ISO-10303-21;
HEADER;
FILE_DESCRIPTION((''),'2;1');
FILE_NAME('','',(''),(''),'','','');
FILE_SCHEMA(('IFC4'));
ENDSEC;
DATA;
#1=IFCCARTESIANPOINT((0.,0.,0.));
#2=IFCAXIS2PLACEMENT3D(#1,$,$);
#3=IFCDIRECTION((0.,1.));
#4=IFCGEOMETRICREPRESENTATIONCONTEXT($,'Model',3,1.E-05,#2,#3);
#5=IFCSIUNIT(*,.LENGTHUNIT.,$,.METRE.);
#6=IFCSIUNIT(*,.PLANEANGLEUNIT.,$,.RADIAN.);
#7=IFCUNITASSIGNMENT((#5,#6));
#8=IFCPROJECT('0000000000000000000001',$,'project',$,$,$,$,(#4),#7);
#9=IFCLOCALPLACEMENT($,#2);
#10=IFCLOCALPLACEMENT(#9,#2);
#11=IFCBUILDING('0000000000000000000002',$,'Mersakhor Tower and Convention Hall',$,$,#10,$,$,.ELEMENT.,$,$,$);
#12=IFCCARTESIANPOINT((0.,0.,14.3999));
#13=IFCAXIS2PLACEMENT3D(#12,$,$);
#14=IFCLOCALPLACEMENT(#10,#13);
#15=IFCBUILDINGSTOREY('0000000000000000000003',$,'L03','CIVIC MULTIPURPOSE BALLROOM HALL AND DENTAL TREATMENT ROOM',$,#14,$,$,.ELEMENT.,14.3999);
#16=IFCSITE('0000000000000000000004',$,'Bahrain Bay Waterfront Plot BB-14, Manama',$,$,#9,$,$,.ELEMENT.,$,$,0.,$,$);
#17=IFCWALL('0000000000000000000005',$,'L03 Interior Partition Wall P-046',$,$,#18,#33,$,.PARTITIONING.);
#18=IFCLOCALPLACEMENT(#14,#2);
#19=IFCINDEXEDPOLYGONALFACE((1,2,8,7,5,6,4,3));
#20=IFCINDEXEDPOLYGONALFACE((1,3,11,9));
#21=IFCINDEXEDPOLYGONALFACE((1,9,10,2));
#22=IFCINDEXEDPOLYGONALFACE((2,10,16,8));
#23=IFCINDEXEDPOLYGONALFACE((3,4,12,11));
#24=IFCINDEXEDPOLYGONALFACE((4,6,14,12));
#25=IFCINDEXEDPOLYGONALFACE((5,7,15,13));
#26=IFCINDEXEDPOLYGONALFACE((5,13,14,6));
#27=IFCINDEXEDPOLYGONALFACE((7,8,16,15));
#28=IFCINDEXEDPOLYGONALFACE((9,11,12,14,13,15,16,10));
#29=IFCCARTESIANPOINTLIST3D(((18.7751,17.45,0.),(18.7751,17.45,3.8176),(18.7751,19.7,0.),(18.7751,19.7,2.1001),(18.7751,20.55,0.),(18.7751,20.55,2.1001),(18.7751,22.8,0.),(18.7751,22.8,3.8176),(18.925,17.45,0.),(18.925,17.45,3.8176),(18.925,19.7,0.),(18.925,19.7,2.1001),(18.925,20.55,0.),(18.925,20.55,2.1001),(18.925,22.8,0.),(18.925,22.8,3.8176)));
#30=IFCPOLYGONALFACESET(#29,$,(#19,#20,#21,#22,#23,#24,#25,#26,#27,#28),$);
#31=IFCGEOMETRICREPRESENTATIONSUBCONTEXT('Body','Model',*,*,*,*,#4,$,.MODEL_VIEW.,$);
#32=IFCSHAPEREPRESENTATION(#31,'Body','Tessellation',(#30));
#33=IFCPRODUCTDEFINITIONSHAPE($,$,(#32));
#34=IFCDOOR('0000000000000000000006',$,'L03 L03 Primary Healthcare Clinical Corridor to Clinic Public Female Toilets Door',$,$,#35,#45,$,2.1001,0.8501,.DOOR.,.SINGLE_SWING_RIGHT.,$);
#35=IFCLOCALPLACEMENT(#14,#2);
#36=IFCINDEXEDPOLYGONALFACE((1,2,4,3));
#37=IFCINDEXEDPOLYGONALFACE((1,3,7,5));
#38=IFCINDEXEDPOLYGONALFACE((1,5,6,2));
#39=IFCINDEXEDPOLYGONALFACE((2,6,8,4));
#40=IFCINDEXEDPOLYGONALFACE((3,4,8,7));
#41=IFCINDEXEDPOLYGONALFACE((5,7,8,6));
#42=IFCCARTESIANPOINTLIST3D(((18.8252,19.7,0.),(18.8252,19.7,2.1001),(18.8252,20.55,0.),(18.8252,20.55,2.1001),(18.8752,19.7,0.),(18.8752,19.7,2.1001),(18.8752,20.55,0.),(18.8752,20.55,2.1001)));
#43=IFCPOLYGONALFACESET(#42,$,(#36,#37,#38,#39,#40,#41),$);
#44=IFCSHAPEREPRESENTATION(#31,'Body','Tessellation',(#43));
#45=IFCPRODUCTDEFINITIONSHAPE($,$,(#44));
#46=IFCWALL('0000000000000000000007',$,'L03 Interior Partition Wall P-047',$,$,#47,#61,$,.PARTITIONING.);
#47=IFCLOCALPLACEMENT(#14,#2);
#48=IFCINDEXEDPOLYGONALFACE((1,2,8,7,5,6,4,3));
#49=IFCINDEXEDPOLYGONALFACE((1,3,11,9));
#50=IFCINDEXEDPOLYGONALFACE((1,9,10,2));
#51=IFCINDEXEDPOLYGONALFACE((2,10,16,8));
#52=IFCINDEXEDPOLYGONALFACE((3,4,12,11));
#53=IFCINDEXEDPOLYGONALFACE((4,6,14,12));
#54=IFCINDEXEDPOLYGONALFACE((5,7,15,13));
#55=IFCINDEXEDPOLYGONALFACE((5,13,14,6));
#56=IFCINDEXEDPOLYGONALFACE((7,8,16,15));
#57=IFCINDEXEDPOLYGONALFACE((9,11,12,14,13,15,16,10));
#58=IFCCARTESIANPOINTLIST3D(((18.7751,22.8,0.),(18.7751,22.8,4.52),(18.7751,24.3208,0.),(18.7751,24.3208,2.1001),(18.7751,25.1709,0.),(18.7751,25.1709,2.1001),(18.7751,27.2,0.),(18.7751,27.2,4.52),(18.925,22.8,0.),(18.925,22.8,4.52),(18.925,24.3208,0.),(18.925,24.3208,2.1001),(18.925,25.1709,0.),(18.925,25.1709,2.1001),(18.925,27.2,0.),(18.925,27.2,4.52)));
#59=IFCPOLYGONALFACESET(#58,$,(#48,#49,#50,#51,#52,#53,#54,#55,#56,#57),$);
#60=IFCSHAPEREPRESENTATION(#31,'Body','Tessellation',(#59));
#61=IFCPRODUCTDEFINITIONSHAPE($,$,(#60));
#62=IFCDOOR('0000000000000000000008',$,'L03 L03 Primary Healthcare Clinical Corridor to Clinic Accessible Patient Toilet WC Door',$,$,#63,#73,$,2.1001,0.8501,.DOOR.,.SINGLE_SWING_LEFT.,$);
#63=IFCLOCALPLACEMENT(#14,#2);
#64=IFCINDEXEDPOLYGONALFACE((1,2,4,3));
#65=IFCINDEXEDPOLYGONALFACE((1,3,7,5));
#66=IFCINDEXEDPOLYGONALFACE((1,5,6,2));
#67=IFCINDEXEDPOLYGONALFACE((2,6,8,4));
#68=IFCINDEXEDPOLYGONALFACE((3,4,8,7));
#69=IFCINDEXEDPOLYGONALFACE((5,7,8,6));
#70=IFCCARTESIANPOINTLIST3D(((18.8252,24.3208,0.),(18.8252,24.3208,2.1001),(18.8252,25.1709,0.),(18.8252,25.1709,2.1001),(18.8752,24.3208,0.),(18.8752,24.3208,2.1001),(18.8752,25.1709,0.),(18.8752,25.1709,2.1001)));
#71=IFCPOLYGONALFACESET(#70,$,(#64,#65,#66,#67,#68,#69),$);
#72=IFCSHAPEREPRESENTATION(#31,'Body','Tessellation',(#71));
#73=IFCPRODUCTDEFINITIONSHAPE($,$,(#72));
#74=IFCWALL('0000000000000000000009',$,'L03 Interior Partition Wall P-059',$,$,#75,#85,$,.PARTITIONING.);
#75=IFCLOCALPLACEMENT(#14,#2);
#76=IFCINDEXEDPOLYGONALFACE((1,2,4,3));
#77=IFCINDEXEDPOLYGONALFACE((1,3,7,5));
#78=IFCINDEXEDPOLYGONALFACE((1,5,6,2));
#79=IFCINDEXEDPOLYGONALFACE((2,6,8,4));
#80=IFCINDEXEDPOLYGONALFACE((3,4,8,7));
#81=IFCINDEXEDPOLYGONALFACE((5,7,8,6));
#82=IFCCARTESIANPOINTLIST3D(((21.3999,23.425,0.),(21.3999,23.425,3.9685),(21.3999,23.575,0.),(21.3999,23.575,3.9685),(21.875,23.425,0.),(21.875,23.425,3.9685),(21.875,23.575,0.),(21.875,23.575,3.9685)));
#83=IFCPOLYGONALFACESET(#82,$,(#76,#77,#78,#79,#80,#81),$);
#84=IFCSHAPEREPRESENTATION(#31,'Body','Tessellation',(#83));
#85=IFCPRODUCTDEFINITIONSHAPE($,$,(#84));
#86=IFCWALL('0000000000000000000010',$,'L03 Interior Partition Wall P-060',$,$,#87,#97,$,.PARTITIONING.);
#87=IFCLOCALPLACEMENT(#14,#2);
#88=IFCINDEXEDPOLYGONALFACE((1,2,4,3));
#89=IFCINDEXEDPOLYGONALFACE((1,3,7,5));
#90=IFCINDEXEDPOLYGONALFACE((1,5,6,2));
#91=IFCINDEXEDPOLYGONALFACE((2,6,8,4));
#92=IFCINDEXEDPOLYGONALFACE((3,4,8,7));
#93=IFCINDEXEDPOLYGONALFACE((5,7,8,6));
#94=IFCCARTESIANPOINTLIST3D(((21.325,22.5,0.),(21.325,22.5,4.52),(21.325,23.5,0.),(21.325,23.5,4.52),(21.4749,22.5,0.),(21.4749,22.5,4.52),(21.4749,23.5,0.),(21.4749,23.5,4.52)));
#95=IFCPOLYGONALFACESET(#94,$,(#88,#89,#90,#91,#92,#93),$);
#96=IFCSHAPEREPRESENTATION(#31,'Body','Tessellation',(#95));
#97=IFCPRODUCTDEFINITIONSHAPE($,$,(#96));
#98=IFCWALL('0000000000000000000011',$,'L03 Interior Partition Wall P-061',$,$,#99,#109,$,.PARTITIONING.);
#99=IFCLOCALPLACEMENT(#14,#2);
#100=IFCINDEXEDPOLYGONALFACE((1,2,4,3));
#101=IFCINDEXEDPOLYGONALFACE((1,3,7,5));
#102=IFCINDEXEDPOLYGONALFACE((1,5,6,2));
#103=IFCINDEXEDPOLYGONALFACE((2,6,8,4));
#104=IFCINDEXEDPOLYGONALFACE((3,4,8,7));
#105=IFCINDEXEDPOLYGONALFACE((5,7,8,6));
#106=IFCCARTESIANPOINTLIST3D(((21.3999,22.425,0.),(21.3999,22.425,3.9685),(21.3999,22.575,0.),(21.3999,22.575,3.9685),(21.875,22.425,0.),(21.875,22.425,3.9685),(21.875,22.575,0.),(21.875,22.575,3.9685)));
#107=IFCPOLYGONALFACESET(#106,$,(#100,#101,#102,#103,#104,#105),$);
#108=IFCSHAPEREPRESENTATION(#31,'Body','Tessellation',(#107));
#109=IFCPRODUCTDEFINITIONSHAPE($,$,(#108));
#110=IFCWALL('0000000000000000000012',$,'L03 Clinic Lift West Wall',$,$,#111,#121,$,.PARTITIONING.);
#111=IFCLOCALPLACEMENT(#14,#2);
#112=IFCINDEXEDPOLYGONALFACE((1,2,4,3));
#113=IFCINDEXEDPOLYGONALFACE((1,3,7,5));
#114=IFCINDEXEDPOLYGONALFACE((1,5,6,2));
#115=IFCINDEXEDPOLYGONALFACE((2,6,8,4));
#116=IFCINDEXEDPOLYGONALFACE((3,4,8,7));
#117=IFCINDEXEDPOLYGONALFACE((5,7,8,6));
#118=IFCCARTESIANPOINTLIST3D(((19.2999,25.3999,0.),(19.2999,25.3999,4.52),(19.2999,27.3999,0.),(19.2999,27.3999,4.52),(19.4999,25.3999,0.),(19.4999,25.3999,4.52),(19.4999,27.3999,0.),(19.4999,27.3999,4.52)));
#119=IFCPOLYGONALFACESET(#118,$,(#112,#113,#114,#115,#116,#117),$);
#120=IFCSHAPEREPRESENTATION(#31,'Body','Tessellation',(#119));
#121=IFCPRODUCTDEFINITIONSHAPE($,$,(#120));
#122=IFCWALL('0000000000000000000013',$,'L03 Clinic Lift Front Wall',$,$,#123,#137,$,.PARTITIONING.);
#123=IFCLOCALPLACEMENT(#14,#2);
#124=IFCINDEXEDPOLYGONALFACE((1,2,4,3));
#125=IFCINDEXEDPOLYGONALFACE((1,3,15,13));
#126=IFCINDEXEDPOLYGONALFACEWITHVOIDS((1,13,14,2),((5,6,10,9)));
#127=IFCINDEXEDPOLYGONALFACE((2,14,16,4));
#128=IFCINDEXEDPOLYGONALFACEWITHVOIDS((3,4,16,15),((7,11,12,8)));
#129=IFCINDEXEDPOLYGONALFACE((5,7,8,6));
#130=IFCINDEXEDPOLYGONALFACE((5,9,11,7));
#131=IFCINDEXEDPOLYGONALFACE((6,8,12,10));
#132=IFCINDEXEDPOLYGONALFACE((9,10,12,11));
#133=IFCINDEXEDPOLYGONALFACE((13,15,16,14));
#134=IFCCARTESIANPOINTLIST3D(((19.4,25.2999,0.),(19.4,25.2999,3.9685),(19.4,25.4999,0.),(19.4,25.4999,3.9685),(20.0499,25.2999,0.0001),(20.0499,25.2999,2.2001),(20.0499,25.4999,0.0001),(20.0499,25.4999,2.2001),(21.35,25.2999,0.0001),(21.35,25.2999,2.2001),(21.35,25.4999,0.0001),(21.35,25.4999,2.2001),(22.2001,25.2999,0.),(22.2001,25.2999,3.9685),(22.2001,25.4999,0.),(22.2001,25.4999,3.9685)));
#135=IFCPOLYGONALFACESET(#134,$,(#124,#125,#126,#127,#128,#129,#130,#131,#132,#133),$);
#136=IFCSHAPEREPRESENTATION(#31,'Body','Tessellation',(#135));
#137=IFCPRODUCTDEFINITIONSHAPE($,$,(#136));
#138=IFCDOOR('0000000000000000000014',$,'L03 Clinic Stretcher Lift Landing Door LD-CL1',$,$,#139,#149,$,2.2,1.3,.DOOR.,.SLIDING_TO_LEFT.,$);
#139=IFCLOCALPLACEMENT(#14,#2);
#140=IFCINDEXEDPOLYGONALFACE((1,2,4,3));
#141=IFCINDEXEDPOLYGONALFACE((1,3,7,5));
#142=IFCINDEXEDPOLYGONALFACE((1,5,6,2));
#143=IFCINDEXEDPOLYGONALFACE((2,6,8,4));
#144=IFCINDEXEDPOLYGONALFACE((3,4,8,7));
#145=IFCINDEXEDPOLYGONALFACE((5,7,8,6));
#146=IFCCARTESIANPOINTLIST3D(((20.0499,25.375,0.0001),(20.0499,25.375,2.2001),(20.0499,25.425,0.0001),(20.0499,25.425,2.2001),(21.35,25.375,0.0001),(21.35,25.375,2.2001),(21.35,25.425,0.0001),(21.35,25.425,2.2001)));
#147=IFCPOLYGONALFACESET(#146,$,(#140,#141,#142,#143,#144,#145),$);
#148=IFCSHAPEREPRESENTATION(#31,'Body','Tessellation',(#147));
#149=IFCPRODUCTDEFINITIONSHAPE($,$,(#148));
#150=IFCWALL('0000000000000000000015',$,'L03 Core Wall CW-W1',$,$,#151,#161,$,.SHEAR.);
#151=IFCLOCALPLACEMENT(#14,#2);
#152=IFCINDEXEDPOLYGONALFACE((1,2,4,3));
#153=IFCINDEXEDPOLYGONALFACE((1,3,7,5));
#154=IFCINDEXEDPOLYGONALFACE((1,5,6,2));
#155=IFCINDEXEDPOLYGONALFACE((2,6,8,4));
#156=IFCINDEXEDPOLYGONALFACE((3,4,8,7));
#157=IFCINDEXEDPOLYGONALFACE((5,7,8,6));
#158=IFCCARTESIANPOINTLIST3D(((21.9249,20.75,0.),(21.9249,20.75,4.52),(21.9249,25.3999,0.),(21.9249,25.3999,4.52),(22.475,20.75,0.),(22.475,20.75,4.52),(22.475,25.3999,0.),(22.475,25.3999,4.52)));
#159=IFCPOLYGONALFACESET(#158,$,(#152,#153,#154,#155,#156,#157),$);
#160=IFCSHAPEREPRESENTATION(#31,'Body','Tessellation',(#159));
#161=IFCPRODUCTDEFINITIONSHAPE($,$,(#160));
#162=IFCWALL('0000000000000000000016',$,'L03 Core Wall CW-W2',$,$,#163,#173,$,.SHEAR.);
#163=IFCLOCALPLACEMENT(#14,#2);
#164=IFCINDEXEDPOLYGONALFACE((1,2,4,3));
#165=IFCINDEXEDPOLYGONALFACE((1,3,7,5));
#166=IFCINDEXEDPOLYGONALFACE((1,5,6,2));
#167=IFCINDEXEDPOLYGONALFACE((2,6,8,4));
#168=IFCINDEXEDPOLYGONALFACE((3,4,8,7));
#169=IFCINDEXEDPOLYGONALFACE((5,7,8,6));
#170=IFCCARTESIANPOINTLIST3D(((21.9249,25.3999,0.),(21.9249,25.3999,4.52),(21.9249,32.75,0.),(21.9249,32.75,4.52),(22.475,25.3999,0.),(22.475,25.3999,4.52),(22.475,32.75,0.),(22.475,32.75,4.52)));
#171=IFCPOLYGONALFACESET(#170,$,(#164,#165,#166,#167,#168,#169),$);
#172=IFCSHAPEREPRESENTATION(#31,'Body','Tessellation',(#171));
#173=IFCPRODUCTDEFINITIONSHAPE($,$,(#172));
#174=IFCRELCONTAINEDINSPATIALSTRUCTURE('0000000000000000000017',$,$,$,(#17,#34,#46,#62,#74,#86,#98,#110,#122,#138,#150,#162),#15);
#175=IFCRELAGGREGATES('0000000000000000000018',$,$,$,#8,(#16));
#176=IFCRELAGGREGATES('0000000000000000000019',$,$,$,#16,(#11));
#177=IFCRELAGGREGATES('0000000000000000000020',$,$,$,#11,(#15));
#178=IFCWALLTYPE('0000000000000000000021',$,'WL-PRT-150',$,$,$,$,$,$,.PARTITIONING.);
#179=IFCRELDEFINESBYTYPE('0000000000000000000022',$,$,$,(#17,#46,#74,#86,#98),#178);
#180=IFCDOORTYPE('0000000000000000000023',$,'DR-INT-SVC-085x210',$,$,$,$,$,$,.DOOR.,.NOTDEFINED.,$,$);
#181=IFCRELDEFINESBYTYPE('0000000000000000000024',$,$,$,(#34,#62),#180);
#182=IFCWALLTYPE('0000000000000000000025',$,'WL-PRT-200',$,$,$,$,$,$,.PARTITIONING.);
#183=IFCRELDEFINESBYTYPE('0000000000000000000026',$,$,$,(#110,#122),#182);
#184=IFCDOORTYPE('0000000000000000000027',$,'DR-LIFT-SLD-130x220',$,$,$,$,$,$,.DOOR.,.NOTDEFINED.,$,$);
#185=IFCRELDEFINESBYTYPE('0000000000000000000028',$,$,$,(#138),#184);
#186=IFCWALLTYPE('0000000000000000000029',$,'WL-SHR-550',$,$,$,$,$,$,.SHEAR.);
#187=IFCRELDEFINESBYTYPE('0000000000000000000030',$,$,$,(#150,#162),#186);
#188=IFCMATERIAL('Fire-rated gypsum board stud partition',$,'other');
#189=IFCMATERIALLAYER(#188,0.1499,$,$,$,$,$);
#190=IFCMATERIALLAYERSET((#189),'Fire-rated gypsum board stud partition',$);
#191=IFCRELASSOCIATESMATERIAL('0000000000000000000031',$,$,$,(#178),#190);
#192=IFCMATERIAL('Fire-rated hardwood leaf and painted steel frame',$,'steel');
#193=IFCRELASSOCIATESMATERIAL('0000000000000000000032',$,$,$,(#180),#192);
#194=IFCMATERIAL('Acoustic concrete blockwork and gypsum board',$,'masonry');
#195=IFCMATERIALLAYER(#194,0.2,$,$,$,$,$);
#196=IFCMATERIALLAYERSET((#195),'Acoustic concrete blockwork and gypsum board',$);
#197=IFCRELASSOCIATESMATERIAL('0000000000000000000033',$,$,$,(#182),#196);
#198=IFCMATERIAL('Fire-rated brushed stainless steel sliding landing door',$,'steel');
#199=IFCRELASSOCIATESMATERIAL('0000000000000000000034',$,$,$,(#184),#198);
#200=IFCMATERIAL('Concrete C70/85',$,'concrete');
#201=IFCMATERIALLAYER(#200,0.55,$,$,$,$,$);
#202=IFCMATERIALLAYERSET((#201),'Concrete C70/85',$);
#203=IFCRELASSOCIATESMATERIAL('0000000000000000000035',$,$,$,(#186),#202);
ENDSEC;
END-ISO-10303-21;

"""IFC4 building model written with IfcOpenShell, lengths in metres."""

from ifc_helpers import new_model, si_unit, direction, frame, frame_2d, origin, place, context, subcontext, project, spatial, rectangle, extrude, material, layer, layer_set, type_object, element, fill, save


model = new_model("IFC4")

# Units and contexts
model_context = context("Model", 3, precision=1e-05, world=origin(), true_north=direction((0.0, 1.0)))
body_context = subcontext(model_context, "Body", "Model", "MODEL_VIEW")
ifc_project = project(units=[si_unit("LENGTHUNIT", "METRE"), si_unit("PLANEANGLEUNIT", "RADIAN")], contexts=[model_context])

# Site, building, storey
site_placement = place(None, origin())
site = spatial("IfcSite", under=ifc_project, at=site_placement, Name="Bahrain Bay Waterfront Plot BB-14, Manama", CompositionType="ELEMENT", RefElevation=0.0)
building_placement = place(site_placement, origin())
building = spatial("IfcBuilding", under=site, at=building_placement, Name="Mersakhor Tower and Convention Hall", CompositionType="ELEMENT")
storey_placement = place(building_placement, frame((0.0, 0.0, 14.3999)))
storey = spatial("IfcBuildingStorey", under=building, at=storey_placement, Name="L03", Description="CIVIC MULTIPURPOSE BALLROOM HALL AND DENTAL TREATMENT ROOM", CompositionType="ELEMENT", Elevation=14.3999)

# Shared definitions
ifc_material_1 = material(Name="Fire-rated gypsum board stud partition", Category="other")
ifc_layer_1 = layer(ifc_material_1, 0.1499)
ifc_layer_set_1 = layer_set([ifc_layer_1], Name="Fire-rated gypsum board stud partition")
wall_type_1 = type_object("IfcWallType", Name="WL-PRT-150", PredefinedType="PARTITIONING", material=ifc_layer_set_1)

# Walls, openings, doors
wall_1_placement = place(storey_placement, frame((18.8501, 17.45, 0.0), z_axis=(0.0, 0.0, 1.0), x_axis=(0.0, 1.0, 0.0)))
wall_1 = element("IfcWall", 1, at=wall_1_placement, inside=storey, type_object=wall_type_1, Name="L03 Interior Partition Wall P-046", PredefinedType="PARTITIONING", context=body_context, shape_type="SweptSolid", body=[
    extrude(rectangle(XDim=5.3501, YDim=0.1499, at=frame_2d((2.675, 0.0))), origin(), (0.0, 0.0, 1.0), 3.8176),
])
opening_1_placement = place(wall_1_placement, frame((2.25, 0.0, 0.0)))
opening_1 = element("IfcOpeningElement", 2, at=opening_1_placement, cuts=wall_1, PredefinedType="OPENING", context=body_context, shape_type="SweptSolid", body=[
    extrude(rectangle(XDim=0.8501, YDim=2.1001, at=frame_2d((0.425, 1.05))), frame((0.0, 0.085, 0.0), z_axis=(0.0, -1.0, 0.0), x_axis=(1.0, 0.0, 0.0)), (0.0, 0.0, 1.0), 0.1699),
])
ifc_material_2 = material(Name="Fire-rated hardwood leaf and painted steel frame", Category="steel")
door_type_1 = type_object("IfcDoorType", Name="DR-INT-SVC-085x210", OperationType="NOTDEFINED", PredefinedType="DOOR", material=ifc_material_2)
door_1_placement = place(opening_1_placement, origin())
door_1 = element("IfcDoor", 3, at=door_1_placement, inside=storey, type_object=door_type_1, Name="L03 L03 Primary Healthcare Clinical Corridor to Clinic Public Female Toilets Door", OperationType="SINGLE_SWING_RIGHT", OverallHeight=2.1001, OverallWidth=0.8501, PredefinedType="DOOR", context=body_context, shape_type="SweptSolid", body=[
    extrude(rectangle(XDim=0.8501, YDim=2.1001, at=frame_2d((0.425, 1.05))), frame((0.0, 0.0249, 0.0), z_axis=(0.0, -1.0, 0.0), x_axis=(1.0, 0.0, 0.0)), (0.0, 0.0, 1.0), 0.05),
])
fill(opening_1, door_1)
wall_2_placement = place(storey_placement, frame((18.8501, 22.8, 0.0), z_axis=(0.0, 0.0, 1.0), x_axis=(0.0, 1.0, 0.0)))
wall_2 = element("IfcWall", 4, at=wall_2_placement, inside=storey, type_object=wall_type_1, Name="L03 Interior Partition Wall P-047", PredefinedType="PARTITIONING", context=body_context, shape_type="SweptSolid", body=[
    extrude(rectangle(XDim=4.3999, YDim=0.1499, at=frame_2d((2.2, 0.0))), origin(), (0.0, 0.0, 1.0), 4.52),
])
opening_2_placement = place(wall_2_placement, frame((1.5208, 0.0, 0.0)))
opening_2 = element("IfcOpeningElement", 5, at=opening_2_placement, cuts=wall_2, PredefinedType="OPENING", context=body_context, shape_type="SweptSolid", body=[
    extrude(rectangle(XDim=0.8501, YDim=2.1001, at=frame_2d((0.425, 1.05))), frame((0.0, 0.085, 0.0), z_axis=(0.0, -1.0, 0.0), x_axis=(1.0, 0.0, 0.0)), (0.0, 0.0, 1.0), 0.1699),
])
door_2_placement = place(opening_2_placement, origin())
door_2 = element("IfcDoor", 6, at=door_2_placement, inside=storey, type_object=door_type_1, Name="L03 L03 Primary Healthcare Clinical Corridor to Clinic Accessible Patient Toilet WC Door", OperationType="SINGLE_SWING_LEFT", OverallHeight=2.1001, OverallWidth=0.8501, PredefinedType="DOOR", context=body_context, shape_type="SweptSolid", body=[
    extrude(rectangle(XDim=0.8501, YDim=2.1001, at=frame_2d((0.425, 1.05))), frame((0.0, 0.0249, 0.0), z_axis=(0.0, -1.0, 0.0), x_axis=(1.0, 0.0, 0.0)), (0.0, 0.0, 1.0), 0.05),
])
fill(opening_2, door_2)

# Walls
wall_3_placement = place(storey_placement, frame((21.875, 23.5, 0.0), z_axis=(0.0, 0.0, 1.0), x_axis=(-1.0, 0.0, 0.0)))
element("IfcWall", 7, at=wall_3_placement, inside=storey, type_object=wall_type_1, Name="L03 Interior Partition Wall P-059", PredefinedType="PARTITIONING", context=body_context, shape_type="SweptSolid", body=[
    extrude(rectangle(XDim=0.4751, YDim=0.1499, at=frame_2d((0.2375, 0.0))), origin(), (0.0, 0.0, 1.0), 3.9685),
])
wall_4_placement = place(storey_placement, frame((21.3999, 23.5, 0.0), z_axis=(0.0, 0.0, 1.0), x_axis=(0.0, -1.0, 0.0)))
element("IfcWall", 8, at=wall_4_placement, inside=storey, type_object=wall_type_1, Name="L03 Interior Partition Wall P-060", PredefinedType="PARTITIONING", context=body_context, shape_type="SweptSolid", body=[
    extrude(rectangle(XDim=1.0, YDim=0.1499, at=frame_2d((0.5, 0.0))), origin(), (0.0, 0.0, 1.0), 4.52),
])
wall_5_placement = place(storey_placement, frame((21.3999, 22.5, 0.0), z_axis=(0.0, 0.0, 1.0), x_axis=(1.0, 0.0, 0.0)))
element("IfcWall", 9, at=wall_5_placement, inside=storey, type_object=wall_type_1, Name="L03 Interior Partition Wall P-061", PredefinedType="PARTITIONING", context=body_context, shape_type="SweptSolid", body=[
    extrude(rectangle(XDim=0.4751, YDim=0.1499, at=frame_2d((0.2375, 0.0))), origin(), (0.0, 0.0, 1.0), 3.9685),
])
ifc_material_3 = material(Name="Acoustic concrete blockwork and gypsum board", Category="masonry")
ifc_layer_2 = layer(ifc_material_3, 0.2)
ifc_layer_set_2 = layer_set([ifc_layer_2], Name="Acoustic concrete blockwork and gypsum board")
wall_type_2 = type_object("IfcWallType", Name="WL-PRT-200", PredefinedType="PARTITIONING", material=ifc_layer_set_2)
wall_6_placement = place(storey_placement, frame((19.3999, 25.3999, 0.0), z_axis=(0.0, 0.0, 1.0), x_axis=(0.0, 1.0, 0.0)))
element("IfcWall", 10, at=wall_6_placement, inside=storey, type_object=wall_type_2, Name="L03 Clinic Lift West Wall", PredefinedType="PARTITIONING", context=body_context, shape_type="SweptSolid", body=[
    extrude(rectangle(XDim=2.0, YDim=0.2, at=frame_2d((1.0, 0.0))), origin(), (0.0, 0.0, 1.0), 4.52),
])

# Wall, opening, door
wall_7_placement = place(storey_placement, frame((22.2, 25.3999, 0.0), z_axis=(0.0, 0.0, 1.0), x_axis=(-1.0, 0.0, 0.0)))
wall_7 = element("IfcWall", 11, at=wall_7_placement, inside=storey, type_object=wall_type_2, Name="L03 Clinic Lift Front Wall", PredefinedType="PARTITIONING", context=body_context, shape_type="SweptSolid", body=[
    extrude(rectangle(XDim=2.8, YDim=0.2, at=frame_2d((1.3999, 0.0))), origin(), (0.0, 0.0, 1.0), 3.9685),
])
opening_3_placement = place(wall_7_placement, frame((0.8501, 0.0, 0.0)))
opening_3 = element("IfcOpeningElement", 12, at=opening_3_placement, cuts=wall_7, PredefinedType="OPENING", context=body_context, shape_type="SweptSolid", body=[
    extrude(rectangle(XDim=1.3, YDim=2.2, at=frame_2d((0.6499, 1.1001))), frame((0.0, 0.1099, 0.0), z_axis=(0.0, -1.0, 0.0), x_axis=(1.0, 0.0, 0.0)), (0.0, 0.0, 1.0), 0.22),
])
ifc_material_4 = material(Name="Fire-rated brushed stainless steel sliding landing door", Category="steel")
door_type_2 = type_object("IfcDoorType", Name="DR-LIFT-SLD-130x220", OperationType="NOTDEFINED", PredefinedType="DOOR", material=ifc_material_4)
door_3_placement = place(opening_3_placement, origin())
door_3 = element("IfcDoor", 13, at=door_3_placement, inside=storey, type_object=door_type_2, Name="L03 Clinic Stretcher Lift Landing Door LD-CL1", OperationType="SLIDING_TO_LEFT", OverallHeight=2.2, OverallWidth=1.3, PredefinedType="DOOR", context=body_context, shape_type="SweptSolid", body=[
    extrude(rectangle(XDim=1.3, YDim=2.2, at=frame_2d((0.6499, 1.1001))), frame((0.0, 0.0249, 0.0), z_axis=(0.0, -1.0, 0.0), x_axis=(1.0, 0.0, 0.0)), (0.0, 0.0, 1.0), 0.05),
])
fill(opening_3, door_3)

# Walls
ifc_material_5 = material(Name="Concrete C70/85", Category="concrete")
ifc_layer_3 = layer(ifc_material_5, 0.55)
ifc_layer_set_3 = layer_set([ifc_layer_3], Name="Concrete C70/85")
wall_type_3 = type_object("IfcWallType", Name="WL-SHR-550", PredefinedType="SHEAR", material=ifc_layer_set_3)
wall_8_placement = place(storey_placement, frame((22.2, 20.75, 0.0), z_axis=(0.0, 0.0, 1.0), x_axis=(0.0, 1.0, 0.0)))
element("IfcWall", 14, at=wall_8_placement, inside=storey, type_object=wall_type_3, Name="L03 Core Wall CW-W1", PredefinedType="SHEAR", context=body_context, shape_type="SweptSolid", body=[
    extrude(rectangle(XDim=4.6499, YDim=0.55, at=frame_2d((2.325, 0.0))), origin(), (0.0, 0.0, 1.0), 4.52),
])
wall_9_placement = place(storey_placement, frame((22.2, 25.3999, 0.0), z_axis=(0.0, 0.0, 1.0), x_axis=(0.0, 1.0, 0.0)))
element("IfcWall", 15, at=wall_9_placement, inside=storey, type_object=wall_type_3, Name="L03 Core Wall CW-W2", PredefinedType="SHEAR", context=body_context, shape_type="SweptSolid", body=[
    extrude(rectangle(XDim=7.3501, YDim=0.55, at=frame_2d((3.675, 0.0))), origin(), (0.0, 0.0, 1.0), 4.52),
])

save(model, "model.ifc")
